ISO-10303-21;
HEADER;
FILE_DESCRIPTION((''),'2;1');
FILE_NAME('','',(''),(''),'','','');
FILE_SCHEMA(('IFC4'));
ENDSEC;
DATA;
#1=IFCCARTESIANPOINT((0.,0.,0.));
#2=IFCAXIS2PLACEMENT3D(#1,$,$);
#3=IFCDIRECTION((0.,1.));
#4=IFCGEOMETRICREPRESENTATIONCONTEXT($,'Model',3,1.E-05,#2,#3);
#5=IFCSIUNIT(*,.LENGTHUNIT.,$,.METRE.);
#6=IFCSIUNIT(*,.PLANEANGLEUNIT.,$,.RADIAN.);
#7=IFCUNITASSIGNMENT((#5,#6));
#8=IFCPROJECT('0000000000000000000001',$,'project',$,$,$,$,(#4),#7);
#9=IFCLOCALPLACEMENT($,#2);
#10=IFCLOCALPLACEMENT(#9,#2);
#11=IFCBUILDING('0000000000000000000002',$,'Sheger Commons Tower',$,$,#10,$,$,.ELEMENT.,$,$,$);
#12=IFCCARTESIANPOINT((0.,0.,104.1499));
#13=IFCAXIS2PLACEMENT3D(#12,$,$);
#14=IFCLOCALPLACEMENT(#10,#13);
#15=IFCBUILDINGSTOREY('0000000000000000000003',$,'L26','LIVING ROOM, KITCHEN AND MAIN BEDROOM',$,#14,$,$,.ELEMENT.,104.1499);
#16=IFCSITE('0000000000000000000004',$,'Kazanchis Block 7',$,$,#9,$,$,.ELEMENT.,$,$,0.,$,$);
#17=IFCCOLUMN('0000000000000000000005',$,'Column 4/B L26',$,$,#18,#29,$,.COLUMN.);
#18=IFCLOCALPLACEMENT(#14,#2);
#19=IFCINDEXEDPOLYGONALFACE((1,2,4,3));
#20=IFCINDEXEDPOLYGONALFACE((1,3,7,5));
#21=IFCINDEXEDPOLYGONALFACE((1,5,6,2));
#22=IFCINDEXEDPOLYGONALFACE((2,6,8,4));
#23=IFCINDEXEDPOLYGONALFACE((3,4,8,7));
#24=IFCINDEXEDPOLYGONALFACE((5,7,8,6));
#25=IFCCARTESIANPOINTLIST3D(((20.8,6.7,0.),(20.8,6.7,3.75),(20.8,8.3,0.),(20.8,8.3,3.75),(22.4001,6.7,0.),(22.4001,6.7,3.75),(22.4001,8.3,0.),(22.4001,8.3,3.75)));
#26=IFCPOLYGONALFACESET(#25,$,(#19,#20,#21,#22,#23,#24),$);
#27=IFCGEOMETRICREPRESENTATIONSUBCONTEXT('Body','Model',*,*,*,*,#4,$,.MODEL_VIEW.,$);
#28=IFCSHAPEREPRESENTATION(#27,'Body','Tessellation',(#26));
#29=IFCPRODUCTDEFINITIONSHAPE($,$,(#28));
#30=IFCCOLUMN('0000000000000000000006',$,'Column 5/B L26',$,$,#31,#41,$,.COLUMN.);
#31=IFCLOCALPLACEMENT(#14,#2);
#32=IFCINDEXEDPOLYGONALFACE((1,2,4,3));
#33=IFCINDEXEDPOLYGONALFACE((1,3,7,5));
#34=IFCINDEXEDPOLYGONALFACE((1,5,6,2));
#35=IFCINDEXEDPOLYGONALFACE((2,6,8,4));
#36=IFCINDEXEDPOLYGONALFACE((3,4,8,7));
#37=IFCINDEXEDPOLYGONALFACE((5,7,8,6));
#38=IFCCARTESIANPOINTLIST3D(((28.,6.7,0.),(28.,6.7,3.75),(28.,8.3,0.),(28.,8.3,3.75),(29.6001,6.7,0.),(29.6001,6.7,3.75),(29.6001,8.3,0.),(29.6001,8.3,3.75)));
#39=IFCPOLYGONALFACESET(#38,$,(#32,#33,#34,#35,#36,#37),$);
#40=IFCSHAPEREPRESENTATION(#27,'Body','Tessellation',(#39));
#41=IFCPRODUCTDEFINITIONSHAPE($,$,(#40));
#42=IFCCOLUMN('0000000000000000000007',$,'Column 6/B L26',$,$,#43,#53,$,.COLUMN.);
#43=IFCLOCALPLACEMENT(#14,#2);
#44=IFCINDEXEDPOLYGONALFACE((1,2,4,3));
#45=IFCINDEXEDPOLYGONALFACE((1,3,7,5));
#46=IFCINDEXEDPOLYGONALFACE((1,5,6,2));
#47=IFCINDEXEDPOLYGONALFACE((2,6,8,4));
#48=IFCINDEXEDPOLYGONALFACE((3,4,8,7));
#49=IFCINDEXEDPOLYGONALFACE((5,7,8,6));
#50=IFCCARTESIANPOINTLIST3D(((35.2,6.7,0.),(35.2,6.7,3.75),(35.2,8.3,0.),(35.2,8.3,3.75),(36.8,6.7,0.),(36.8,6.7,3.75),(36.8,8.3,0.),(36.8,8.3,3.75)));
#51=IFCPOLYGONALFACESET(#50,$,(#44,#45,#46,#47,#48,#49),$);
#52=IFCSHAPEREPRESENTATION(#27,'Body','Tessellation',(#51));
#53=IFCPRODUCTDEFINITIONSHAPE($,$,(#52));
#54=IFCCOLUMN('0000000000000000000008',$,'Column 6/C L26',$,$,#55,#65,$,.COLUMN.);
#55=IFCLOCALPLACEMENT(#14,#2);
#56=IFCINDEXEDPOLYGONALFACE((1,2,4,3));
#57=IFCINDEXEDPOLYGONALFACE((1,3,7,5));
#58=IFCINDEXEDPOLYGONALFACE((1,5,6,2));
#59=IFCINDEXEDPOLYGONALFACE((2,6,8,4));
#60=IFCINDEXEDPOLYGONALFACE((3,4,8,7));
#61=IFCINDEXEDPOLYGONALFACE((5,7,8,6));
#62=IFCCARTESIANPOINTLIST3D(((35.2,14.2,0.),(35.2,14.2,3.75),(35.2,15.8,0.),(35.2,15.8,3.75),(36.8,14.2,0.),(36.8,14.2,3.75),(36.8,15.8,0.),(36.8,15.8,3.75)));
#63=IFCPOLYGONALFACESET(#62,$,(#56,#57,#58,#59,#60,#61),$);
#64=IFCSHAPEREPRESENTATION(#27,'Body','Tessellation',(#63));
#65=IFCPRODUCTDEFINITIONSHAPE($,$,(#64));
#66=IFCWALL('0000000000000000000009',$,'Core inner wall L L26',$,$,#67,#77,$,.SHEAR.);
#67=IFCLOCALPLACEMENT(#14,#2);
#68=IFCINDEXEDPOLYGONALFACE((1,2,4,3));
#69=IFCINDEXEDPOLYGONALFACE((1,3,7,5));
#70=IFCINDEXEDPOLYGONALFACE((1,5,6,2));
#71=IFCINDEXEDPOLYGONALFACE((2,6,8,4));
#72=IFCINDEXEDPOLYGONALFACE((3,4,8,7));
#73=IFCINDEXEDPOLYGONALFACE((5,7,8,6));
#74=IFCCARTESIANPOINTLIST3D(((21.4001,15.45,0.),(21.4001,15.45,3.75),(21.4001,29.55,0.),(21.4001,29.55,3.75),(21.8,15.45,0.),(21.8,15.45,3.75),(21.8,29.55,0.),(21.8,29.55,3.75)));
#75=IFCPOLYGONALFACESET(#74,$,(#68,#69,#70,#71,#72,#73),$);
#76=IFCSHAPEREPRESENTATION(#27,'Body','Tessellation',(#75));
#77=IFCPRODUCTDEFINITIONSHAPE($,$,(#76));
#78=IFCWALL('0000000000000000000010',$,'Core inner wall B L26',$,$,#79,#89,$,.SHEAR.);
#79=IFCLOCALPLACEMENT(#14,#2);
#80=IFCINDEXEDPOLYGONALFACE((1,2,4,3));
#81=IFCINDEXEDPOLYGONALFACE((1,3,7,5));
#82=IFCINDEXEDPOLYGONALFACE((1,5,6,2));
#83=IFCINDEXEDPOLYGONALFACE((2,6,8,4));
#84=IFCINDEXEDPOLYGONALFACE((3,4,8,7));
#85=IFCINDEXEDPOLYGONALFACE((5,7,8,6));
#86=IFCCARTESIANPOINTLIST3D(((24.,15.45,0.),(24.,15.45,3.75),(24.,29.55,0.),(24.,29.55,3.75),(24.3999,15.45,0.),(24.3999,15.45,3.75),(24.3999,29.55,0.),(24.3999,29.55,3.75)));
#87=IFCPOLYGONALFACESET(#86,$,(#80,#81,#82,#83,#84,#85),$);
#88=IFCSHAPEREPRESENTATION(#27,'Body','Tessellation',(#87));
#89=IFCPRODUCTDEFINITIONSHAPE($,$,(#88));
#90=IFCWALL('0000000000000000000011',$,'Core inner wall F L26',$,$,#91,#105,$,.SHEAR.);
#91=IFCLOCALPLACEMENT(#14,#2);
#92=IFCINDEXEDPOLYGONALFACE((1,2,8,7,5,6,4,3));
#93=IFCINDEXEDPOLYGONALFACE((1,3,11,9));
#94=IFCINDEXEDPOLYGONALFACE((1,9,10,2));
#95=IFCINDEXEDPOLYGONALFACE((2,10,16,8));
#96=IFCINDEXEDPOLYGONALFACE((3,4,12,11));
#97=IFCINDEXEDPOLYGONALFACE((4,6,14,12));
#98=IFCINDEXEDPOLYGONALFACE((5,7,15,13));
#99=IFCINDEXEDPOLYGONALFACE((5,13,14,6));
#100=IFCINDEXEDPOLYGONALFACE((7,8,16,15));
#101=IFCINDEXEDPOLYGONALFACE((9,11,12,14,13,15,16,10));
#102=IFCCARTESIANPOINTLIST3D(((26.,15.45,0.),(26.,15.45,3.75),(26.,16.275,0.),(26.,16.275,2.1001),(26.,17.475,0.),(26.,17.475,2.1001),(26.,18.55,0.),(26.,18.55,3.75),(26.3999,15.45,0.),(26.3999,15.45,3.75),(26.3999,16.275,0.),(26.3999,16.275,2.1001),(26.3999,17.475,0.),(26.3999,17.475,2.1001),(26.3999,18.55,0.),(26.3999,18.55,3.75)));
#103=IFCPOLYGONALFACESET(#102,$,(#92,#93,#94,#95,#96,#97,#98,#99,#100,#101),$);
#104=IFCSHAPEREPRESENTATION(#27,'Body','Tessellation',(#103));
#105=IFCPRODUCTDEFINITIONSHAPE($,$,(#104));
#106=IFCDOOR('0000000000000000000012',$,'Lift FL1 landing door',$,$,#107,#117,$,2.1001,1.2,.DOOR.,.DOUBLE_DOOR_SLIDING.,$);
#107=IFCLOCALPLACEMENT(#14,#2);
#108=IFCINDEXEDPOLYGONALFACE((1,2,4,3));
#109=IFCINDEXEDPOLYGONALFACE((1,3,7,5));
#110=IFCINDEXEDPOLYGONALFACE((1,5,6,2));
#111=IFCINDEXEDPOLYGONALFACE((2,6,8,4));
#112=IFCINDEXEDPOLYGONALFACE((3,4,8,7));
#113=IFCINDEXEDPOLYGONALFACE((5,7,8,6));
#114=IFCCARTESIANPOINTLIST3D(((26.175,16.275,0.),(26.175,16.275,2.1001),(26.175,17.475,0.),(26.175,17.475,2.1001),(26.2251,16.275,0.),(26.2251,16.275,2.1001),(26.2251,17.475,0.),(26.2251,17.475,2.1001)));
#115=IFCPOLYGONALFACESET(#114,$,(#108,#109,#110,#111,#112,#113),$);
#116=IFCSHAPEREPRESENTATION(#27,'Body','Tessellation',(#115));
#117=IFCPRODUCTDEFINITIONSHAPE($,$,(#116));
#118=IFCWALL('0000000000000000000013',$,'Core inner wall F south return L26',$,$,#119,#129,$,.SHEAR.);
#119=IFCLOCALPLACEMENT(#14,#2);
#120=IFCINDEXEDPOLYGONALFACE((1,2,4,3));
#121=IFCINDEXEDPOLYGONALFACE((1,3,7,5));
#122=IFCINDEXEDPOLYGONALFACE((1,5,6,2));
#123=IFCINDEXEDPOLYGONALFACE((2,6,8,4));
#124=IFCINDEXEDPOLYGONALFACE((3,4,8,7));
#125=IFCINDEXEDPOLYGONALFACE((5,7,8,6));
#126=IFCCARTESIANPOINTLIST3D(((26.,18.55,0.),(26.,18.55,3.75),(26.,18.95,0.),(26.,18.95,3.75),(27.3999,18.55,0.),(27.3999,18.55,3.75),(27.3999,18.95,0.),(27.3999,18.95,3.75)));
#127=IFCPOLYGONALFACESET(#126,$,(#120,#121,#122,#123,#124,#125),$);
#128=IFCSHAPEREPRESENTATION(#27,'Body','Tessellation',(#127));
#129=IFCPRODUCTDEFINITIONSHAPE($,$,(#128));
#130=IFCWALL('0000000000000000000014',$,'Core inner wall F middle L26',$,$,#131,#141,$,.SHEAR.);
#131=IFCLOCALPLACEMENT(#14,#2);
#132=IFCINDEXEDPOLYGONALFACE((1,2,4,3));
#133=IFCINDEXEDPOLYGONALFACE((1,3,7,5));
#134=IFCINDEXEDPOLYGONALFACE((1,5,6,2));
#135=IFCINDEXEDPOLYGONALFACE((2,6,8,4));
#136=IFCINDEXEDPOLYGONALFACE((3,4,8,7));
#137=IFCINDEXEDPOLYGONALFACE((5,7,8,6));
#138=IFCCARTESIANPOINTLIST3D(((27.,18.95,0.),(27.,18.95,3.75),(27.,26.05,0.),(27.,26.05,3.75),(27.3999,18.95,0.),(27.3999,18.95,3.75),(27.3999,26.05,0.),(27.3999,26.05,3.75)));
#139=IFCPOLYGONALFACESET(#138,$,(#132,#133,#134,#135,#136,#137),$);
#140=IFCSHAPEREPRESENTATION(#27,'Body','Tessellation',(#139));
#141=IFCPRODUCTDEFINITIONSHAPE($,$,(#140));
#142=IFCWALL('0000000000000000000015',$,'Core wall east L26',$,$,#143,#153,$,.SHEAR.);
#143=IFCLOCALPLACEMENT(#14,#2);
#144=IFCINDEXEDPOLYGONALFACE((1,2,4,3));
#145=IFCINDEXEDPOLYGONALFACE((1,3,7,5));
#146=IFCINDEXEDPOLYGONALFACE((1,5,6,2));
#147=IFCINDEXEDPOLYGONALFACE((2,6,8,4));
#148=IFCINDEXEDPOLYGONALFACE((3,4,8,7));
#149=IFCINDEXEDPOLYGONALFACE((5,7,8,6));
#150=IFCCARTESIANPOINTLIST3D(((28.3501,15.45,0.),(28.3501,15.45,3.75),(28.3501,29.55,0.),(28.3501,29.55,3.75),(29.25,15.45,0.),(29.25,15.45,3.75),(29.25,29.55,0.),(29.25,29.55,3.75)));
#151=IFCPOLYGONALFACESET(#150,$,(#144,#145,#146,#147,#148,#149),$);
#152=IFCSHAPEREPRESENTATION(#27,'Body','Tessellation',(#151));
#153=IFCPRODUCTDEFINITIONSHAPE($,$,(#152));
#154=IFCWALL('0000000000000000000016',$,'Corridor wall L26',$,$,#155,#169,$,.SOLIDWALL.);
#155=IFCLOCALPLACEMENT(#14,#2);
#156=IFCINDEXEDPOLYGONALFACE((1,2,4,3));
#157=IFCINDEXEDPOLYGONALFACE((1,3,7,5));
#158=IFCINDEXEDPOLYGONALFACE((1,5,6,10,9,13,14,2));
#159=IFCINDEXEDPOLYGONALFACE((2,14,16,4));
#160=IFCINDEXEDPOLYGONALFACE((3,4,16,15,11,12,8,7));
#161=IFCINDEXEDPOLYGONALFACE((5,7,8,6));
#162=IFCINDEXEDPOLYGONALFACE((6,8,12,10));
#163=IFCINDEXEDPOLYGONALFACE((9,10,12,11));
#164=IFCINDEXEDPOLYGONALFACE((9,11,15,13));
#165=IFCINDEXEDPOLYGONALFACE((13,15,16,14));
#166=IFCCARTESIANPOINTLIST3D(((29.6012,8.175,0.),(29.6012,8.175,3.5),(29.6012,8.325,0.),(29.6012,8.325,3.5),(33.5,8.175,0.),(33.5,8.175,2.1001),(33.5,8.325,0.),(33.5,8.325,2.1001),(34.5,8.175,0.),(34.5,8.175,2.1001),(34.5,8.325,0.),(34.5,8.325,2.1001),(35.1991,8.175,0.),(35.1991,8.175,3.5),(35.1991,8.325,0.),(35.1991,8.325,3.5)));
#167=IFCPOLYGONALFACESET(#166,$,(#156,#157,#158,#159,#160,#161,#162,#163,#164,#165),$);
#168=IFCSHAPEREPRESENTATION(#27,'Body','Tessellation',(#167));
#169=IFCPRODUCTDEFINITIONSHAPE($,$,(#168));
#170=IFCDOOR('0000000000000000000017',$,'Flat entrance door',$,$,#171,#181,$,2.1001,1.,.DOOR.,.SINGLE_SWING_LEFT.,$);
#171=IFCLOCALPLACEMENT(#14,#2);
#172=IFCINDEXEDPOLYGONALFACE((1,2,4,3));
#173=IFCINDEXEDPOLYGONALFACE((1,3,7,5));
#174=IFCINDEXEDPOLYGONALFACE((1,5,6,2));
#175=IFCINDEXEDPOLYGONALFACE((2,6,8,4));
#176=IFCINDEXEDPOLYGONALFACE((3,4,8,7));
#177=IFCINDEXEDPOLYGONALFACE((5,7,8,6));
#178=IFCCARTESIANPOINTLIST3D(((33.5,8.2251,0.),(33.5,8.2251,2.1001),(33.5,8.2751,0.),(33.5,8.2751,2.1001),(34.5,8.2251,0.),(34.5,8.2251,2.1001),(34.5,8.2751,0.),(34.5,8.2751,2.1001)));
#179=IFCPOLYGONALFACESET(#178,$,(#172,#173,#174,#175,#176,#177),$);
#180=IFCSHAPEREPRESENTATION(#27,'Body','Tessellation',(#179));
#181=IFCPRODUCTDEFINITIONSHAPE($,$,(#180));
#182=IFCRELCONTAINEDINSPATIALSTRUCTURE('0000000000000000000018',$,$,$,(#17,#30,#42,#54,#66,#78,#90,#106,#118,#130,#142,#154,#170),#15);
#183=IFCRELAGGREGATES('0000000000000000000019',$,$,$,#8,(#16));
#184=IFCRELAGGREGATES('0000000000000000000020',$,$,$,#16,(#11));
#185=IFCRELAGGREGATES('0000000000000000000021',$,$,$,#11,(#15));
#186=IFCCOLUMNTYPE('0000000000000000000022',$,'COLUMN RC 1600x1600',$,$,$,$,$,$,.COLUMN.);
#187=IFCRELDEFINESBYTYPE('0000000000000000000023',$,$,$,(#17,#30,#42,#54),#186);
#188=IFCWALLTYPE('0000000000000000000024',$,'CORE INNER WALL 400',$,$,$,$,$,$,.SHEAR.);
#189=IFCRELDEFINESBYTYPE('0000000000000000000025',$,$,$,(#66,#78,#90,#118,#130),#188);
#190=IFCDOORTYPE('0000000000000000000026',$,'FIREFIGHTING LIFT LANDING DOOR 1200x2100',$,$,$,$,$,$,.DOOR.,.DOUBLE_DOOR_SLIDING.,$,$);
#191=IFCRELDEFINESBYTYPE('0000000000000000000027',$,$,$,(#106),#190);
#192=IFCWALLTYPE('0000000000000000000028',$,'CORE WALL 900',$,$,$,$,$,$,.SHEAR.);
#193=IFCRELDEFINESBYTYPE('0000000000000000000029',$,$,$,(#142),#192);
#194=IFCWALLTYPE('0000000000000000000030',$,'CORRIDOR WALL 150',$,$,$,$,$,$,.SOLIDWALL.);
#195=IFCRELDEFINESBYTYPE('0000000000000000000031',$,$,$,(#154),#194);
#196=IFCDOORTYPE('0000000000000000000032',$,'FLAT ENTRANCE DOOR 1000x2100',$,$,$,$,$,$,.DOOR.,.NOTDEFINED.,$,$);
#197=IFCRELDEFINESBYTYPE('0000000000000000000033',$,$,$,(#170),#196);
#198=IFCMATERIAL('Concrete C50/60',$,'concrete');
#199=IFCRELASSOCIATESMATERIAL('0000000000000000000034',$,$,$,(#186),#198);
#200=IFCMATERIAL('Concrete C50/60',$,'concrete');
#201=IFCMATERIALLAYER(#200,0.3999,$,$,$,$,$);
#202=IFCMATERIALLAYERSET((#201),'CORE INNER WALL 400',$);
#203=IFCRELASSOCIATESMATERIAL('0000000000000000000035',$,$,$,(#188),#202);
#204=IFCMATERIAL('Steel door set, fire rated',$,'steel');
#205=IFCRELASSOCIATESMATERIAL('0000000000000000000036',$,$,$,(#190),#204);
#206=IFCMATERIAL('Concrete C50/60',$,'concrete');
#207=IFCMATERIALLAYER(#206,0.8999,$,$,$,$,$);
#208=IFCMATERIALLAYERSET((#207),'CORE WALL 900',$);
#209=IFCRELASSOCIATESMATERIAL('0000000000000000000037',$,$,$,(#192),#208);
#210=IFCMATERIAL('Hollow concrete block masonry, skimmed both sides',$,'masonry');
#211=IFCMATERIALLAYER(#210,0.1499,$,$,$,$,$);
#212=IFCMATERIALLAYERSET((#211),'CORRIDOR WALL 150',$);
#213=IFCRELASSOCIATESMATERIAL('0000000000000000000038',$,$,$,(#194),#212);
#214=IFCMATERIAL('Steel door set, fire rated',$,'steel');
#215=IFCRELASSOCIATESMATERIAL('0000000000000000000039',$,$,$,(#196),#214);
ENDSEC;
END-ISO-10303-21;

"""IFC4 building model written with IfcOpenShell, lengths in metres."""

from ifc_helpers import new_model, si_unit, direction, frame, frame_2d, origin, origin_2d, place, context, subcontext, project, spatial, rectangle, extrude, material, layer, layer_set, material_profile, profile_set, type_object, element, fill, save


model = new_model("IFC4")

# Units and contexts
model_context = context("Model", 3, precision=1e-05, world=origin(), true_north=direction((0.0, 1.0)))
body_context = subcontext(model_context, "Body", "Model", "MODEL_VIEW")
ifc_project = project(units=[si_unit("LENGTHUNIT", "METRE"), si_unit("PLANEANGLEUNIT", "RADIAN")], contexts=[model_context])

# Site, building, storey
site_placement = place(None, origin())
site = spatial("IfcSite", under=ifc_project, at=site_placement, Name="Kazanchis Block 7", CompositionType="ELEMENT", RefElevation=0.0)
building_placement = place(site_placement, origin())
building = spatial("IfcBuilding", under=site, at=building_placement, Name="Sheger Commons Tower", CompositionType="ELEMENT")
storey_placement = place(building_placement, frame((0.0, 0.0, 104.1499)))
storey = spatial("IfcBuildingStorey", under=building, at=storey_placement, Name="L26", Description="LIVING ROOM, KITCHEN AND MAIN BEDROOM", CompositionType="ELEMENT", Elevation=104.1499)

# Columns
ifc_material_1 = material(Name="Concrete C50/60", Category="concrete")
ifc_material_profile = material_profile(ifc_material_1, rectangle(XDim=1.6001, YDim=1.6001, at=origin_2d()), Name="RC 1600x1600")
ifc_profile_set = profile_set([ifc_material_profile], Name="Concrete C50/60")
column_type = type_object("IfcColumnType", Name="COLUMN RC 1600x1600", PredefinedType="COLUMN", material=ifc_profile_set)
for number, where, z_axis, x_axis, name in (
    (1, (21.6001, 7.5, 0.0), (0.0, 0.0, 1.0), (1.0, 0.0, 0.0), "Column 4/B L26"),
    (2, (28.8, 7.5, 0.0), (0.0, 0.0, 1.0), (1.0, 0.0, 0.0), "Column 5/B L26"),
    (3, (36.0, 7.5, 0.0), (0.0, 0.0, 1.0), (1.0, 0.0, 0.0), "Column 6/B L26"),
    (4, (36.0, 15.0, 0.0), (0.0, 0.0, 1.0), (1.0, 0.0, 0.0), "Column 6/C L26"),
):
    element("IfcColumn", number, at=place(storey_placement, frame(where, z_axis=z_axis, x_axis=x_axis)), inside=storey, type_object=column_type, Name=name, PredefinedType="COLUMN", context=body_context, shape_type="SweptSolid", body=[
        extrude(rectangle(XDim=1.6001, YDim=1.6001, at=origin_2d()), origin(), (0.0, 0.0, 1.0), 3.75),
    ])

# Walls
ifc_material_2 = material(Name="Concrete C50/60", Category="concrete")
ifc_layer_1 = layer(ifc_material_2, 0.3999)
ifc_layer_set_1 = layer_set([ifc_layer_1], Name="CORE INNER WALL 400")
wall_type_1 = type_object("IfcWallType", Name="CORE INNER WALL 400", PredefinedType="SHEAR", material=ifc_layer_set_1)
for number, where, z_axis, x_axis, name in (
    (5, (21.6001, 15.45, 0.0), (0.0, 0.0, 1.0), (0.0, 1.0, 0.0), "Core inner wall L L26"),
    (6, (24.2, 15.45, 0.0), (0.0, 0.0, 1.0), (0.0, 1.0, 0.0), "Core inner wall B L26"),
):
    element("IfcWall", number, at=place(storey_placement, frame(where, z_axis=z_axis, x_axis=x_axis)), inside=storey, type_object=wall_type_1, Name=name, PredefinedType="SHEAR", context=body_context, shape_type="SweptSolid", body=[
        extrude(rectangle(XDim=14.1001, YDim=0.3999, at=frame_2d((7.05, 0.0))), origin(), (0.0, 0.0, 1.0), 3.75),
    ])

# Wall, opening, door
wall_1_placement = place(storey_placement, frame((26.2, 15.45, 0.0), z_axis=(0.0, 0.0, 1.0), x_axis=(0.0, 1.0, 0.0)))
wall_1 = element("IfcWall", 7, at=wall_1_placement, inside=storey, type_object=wall_type_1, Name="Core inner wall F L26", PredefinedType="SHEAR", context=body_context, shape_type="SweptSolid", body=[
    extrude(rectangle(XDim=3.1001, YDim=0.3999, at=frame_2d((1.55, 0.0))), origin(), (0.0, 0.0, 1.0), 3.75),
])
opening_1_placement = place(wall_1_placement, frame((0.825, 0.0, 0.0)))
opening_1 = element("IfcOpeningElement", 8, at=opening_1_placement, cuts=wall_1, PredefinedType="OPENING", context=body_context, shape_type="SweptSolid", body=[
    extrude(rectangle(XDim=1.2, YDim=2.1001, at=frame_2d((0.6001, 1.05))), frame((0.0, 0.21, 0.0), z_axis=(0.0, -1.0, 0.0), x_axis=(1.0, 0.0, 0.0)), (0.0, 0.0, 1.0), 0.4199),
])
ifc_material_3 = material(Name="Steel door set, fire rated", Category="steel")
door_type_1 = type_object("IfcDoorType", Name="FIREFIGHTING LIFT LANDING DOOR 1200x2100", OperationType="DOUBLE_DOOR_SLIDING", PredefinedType="DOOR", material=ifc_material_3)
door_1_placement = place(opening_1_placement, origin())
door_1 = element("IfcDoor", 9, at=door_1_placement, inside=storey, type_object=door_type_1, Name="Lift FL1 landing door", OperationType="DOUBLE_DOOR_SLIDING", OverallHeight=2.1001, OverallWidth=1.2, PredefinedType="DOOR", context=body_context, shape_type="SweptSolid", body=[
    extrude(rectangle(XDim=1.2, YDim=2.1001, at=frame_2d((0.6001, 1.05))), frame((0.0, 0.0249, 0.0), z_axis=(0.0, -1.0, 0.0), x_axis=(1.0, 0.0, 0.0)), (0.0, 0.0, 1.0), 0.05),
])
fill(opening_1, door_1)

# Walls
wall_2_placement = place(storey_placement, frame((26.0, 18.75, 0.0), z_axis=(0.0, 0.0, 1.0), x_axis=(1.0, 0.0, 0.0)))
element("IfcWall", 10, at=wall_2_placement, inside=storey, type_object=wall_type_1, Name="Core inner wall F south return L26", PredefinedType="SHEAR", context=body_context, shape_type="SweptSolid", body=[
    extrude(rectangle(XDim=1.3999, YDim=0.3999, at=frame_2d((0.7, 0.0))), origin(), (0.0, 0.0, 1.0), 3.75),
])
wall_3_placement = place(storey_placement, frame((27.2, 18.95, 0.0), z_axis=(0.0, 0.0, 1.0), x_axis=(0.0, 1.0, 0.0)))
element("IfcWall", 11, at=wall_3_placement, inside=storey, type_object=wall_type_1, Name="Core inner wall F middle L26", PredefinedType="SHEAR", context=body_context, shape_type="SweptSolid", body=[
    extrude(rectangle(XDim=7.1001, YDim=0.3999, at=frame_2d((3.55, 0.0))), origin(), (0.0, 0.0, 1.0), 3.75),
])
ifc_material_4 = material(Name="Concrete C50/60", Category="concrete")
ifc_layer_2 = layer(ifc_material_4, 0.8999)
ifc_layer_set_2 = layer_set([ifc_layer_2], Name="CORE WALL 900")
wall_type_2 = type_object("IfcWallType", Name="CORE WALL 900", PredefinedType="SHEAR", material=ifc_layer_set_2)
wall_4_placement = place(storey_placement, frame((28.8, 15.45, 0.0), z_axis=(0.0, 0.0, 1.0), x_axis=(0.0, 1.0, 0.0)))
element("IfcWall", 12, at=wall_4_placement, inside=storey, type_object=wall_type_2, Name="Core wall east L26", PredefinedType="SHEAR", context=body_context, shape_type="SweptSolid", body=[
    extrude(rectangle(XDim=14.1001, YDim=0.8999, at=frame_2d((7.05, 0.0))), origin(), (0.0, 0.0, 1.0), 3.75),
])

# Wall, opening, door
ifc_material_5 = material(Name="Hollow concrete block masonry, skimmed both sides", Category="masonry")
ifc_layer_3 = layer(ifc_material_5, 0.1499)
ifc_layer_set_3 = layer_set([ifc_layer_3], Name="CORRIDOR WALL 150")
wall_type_3 = type_object("IfcWallType", Name="CORRIDOR WALL 150", PredefinedType="SOLIDWALL", material=ifc_layer_set_3)
wall_5_placement = place(storey_placement, frame((35.199, 8.25, 0.0), z_axis=(0.0, 0.0, 1.0), x_axis=(-1.0, 0.0, 0.0)))
wall_5 = element("IfcWall", 13, at=wall_5_placement, inside=storey, type_object=wall_type_3, Name="Corridor wall L26", PredefinedType="SOLIDWALL", context=body_context, shape_type="SweptSolid", body=[
    extrude(rectangle(XDim=5.5979, YDim=0.1499, at=frame_2d((2.7988, 0.0))), origin(), (0.0, 0.0, 1.0), 3.5),
])
opening_2_placement = place(wall_5_placement, frame((0.699, 0.0, 0.0)))
opening_2 = element("IfcOpeningElement", 14, at=opening_2_placement, cuts=wall_5, PredefinedType="OPENING", context=body_context, shape_type="SweptSolid", body=[
    extrude(rectangle(XDim=1.0, YDim=2.1001, at=frame_2d((0.5, 1.05))), frame((0.0, 0.085, 0.0), z_axis=(0.0, -1.0, 0.0), x_axis=(1.0, 0.0, 0.0)), (0.0, 0.0, 1.0), 0.1699),
])
ifc_material_6 = material(Name="Steel door set, fire rated", Category="steel")
door_type_2 = type_object("IfcDoorType", Name="FLAT ENTRANCE DOOR 1000x2100", OperationType="NOTDEFINED", PredefinedType="DOOR", material=ifc_material_6)
door_2_placement = place(opening_2_placement, origin())
door_2 = element("IfcDoor", 15, at=door_2_placement, inside=storey, type_object=door_type_2, Name="Flat entrance door", OperationType="SINGLE_SWING_LEFT", OverallHeight=2.1001, OverallWidth=1.0, PredefinedType="DOOR", context=body_context, shape_type="SweptSolid", body=[
    extrude(rectangle(XDim=1.0, YDim=2.1001, at=frame_2d((0.5, 1.05))), frame((0.0, 0.0249, 0.0), z_axis=(0.0, -1.0, 0.0), x_axis=(1.0, 0.0, 0.0)), (0.0, 0.0, 1.0), 0.05),
])
fill(opening_2, door_2)

save(model, "model.ifc")
